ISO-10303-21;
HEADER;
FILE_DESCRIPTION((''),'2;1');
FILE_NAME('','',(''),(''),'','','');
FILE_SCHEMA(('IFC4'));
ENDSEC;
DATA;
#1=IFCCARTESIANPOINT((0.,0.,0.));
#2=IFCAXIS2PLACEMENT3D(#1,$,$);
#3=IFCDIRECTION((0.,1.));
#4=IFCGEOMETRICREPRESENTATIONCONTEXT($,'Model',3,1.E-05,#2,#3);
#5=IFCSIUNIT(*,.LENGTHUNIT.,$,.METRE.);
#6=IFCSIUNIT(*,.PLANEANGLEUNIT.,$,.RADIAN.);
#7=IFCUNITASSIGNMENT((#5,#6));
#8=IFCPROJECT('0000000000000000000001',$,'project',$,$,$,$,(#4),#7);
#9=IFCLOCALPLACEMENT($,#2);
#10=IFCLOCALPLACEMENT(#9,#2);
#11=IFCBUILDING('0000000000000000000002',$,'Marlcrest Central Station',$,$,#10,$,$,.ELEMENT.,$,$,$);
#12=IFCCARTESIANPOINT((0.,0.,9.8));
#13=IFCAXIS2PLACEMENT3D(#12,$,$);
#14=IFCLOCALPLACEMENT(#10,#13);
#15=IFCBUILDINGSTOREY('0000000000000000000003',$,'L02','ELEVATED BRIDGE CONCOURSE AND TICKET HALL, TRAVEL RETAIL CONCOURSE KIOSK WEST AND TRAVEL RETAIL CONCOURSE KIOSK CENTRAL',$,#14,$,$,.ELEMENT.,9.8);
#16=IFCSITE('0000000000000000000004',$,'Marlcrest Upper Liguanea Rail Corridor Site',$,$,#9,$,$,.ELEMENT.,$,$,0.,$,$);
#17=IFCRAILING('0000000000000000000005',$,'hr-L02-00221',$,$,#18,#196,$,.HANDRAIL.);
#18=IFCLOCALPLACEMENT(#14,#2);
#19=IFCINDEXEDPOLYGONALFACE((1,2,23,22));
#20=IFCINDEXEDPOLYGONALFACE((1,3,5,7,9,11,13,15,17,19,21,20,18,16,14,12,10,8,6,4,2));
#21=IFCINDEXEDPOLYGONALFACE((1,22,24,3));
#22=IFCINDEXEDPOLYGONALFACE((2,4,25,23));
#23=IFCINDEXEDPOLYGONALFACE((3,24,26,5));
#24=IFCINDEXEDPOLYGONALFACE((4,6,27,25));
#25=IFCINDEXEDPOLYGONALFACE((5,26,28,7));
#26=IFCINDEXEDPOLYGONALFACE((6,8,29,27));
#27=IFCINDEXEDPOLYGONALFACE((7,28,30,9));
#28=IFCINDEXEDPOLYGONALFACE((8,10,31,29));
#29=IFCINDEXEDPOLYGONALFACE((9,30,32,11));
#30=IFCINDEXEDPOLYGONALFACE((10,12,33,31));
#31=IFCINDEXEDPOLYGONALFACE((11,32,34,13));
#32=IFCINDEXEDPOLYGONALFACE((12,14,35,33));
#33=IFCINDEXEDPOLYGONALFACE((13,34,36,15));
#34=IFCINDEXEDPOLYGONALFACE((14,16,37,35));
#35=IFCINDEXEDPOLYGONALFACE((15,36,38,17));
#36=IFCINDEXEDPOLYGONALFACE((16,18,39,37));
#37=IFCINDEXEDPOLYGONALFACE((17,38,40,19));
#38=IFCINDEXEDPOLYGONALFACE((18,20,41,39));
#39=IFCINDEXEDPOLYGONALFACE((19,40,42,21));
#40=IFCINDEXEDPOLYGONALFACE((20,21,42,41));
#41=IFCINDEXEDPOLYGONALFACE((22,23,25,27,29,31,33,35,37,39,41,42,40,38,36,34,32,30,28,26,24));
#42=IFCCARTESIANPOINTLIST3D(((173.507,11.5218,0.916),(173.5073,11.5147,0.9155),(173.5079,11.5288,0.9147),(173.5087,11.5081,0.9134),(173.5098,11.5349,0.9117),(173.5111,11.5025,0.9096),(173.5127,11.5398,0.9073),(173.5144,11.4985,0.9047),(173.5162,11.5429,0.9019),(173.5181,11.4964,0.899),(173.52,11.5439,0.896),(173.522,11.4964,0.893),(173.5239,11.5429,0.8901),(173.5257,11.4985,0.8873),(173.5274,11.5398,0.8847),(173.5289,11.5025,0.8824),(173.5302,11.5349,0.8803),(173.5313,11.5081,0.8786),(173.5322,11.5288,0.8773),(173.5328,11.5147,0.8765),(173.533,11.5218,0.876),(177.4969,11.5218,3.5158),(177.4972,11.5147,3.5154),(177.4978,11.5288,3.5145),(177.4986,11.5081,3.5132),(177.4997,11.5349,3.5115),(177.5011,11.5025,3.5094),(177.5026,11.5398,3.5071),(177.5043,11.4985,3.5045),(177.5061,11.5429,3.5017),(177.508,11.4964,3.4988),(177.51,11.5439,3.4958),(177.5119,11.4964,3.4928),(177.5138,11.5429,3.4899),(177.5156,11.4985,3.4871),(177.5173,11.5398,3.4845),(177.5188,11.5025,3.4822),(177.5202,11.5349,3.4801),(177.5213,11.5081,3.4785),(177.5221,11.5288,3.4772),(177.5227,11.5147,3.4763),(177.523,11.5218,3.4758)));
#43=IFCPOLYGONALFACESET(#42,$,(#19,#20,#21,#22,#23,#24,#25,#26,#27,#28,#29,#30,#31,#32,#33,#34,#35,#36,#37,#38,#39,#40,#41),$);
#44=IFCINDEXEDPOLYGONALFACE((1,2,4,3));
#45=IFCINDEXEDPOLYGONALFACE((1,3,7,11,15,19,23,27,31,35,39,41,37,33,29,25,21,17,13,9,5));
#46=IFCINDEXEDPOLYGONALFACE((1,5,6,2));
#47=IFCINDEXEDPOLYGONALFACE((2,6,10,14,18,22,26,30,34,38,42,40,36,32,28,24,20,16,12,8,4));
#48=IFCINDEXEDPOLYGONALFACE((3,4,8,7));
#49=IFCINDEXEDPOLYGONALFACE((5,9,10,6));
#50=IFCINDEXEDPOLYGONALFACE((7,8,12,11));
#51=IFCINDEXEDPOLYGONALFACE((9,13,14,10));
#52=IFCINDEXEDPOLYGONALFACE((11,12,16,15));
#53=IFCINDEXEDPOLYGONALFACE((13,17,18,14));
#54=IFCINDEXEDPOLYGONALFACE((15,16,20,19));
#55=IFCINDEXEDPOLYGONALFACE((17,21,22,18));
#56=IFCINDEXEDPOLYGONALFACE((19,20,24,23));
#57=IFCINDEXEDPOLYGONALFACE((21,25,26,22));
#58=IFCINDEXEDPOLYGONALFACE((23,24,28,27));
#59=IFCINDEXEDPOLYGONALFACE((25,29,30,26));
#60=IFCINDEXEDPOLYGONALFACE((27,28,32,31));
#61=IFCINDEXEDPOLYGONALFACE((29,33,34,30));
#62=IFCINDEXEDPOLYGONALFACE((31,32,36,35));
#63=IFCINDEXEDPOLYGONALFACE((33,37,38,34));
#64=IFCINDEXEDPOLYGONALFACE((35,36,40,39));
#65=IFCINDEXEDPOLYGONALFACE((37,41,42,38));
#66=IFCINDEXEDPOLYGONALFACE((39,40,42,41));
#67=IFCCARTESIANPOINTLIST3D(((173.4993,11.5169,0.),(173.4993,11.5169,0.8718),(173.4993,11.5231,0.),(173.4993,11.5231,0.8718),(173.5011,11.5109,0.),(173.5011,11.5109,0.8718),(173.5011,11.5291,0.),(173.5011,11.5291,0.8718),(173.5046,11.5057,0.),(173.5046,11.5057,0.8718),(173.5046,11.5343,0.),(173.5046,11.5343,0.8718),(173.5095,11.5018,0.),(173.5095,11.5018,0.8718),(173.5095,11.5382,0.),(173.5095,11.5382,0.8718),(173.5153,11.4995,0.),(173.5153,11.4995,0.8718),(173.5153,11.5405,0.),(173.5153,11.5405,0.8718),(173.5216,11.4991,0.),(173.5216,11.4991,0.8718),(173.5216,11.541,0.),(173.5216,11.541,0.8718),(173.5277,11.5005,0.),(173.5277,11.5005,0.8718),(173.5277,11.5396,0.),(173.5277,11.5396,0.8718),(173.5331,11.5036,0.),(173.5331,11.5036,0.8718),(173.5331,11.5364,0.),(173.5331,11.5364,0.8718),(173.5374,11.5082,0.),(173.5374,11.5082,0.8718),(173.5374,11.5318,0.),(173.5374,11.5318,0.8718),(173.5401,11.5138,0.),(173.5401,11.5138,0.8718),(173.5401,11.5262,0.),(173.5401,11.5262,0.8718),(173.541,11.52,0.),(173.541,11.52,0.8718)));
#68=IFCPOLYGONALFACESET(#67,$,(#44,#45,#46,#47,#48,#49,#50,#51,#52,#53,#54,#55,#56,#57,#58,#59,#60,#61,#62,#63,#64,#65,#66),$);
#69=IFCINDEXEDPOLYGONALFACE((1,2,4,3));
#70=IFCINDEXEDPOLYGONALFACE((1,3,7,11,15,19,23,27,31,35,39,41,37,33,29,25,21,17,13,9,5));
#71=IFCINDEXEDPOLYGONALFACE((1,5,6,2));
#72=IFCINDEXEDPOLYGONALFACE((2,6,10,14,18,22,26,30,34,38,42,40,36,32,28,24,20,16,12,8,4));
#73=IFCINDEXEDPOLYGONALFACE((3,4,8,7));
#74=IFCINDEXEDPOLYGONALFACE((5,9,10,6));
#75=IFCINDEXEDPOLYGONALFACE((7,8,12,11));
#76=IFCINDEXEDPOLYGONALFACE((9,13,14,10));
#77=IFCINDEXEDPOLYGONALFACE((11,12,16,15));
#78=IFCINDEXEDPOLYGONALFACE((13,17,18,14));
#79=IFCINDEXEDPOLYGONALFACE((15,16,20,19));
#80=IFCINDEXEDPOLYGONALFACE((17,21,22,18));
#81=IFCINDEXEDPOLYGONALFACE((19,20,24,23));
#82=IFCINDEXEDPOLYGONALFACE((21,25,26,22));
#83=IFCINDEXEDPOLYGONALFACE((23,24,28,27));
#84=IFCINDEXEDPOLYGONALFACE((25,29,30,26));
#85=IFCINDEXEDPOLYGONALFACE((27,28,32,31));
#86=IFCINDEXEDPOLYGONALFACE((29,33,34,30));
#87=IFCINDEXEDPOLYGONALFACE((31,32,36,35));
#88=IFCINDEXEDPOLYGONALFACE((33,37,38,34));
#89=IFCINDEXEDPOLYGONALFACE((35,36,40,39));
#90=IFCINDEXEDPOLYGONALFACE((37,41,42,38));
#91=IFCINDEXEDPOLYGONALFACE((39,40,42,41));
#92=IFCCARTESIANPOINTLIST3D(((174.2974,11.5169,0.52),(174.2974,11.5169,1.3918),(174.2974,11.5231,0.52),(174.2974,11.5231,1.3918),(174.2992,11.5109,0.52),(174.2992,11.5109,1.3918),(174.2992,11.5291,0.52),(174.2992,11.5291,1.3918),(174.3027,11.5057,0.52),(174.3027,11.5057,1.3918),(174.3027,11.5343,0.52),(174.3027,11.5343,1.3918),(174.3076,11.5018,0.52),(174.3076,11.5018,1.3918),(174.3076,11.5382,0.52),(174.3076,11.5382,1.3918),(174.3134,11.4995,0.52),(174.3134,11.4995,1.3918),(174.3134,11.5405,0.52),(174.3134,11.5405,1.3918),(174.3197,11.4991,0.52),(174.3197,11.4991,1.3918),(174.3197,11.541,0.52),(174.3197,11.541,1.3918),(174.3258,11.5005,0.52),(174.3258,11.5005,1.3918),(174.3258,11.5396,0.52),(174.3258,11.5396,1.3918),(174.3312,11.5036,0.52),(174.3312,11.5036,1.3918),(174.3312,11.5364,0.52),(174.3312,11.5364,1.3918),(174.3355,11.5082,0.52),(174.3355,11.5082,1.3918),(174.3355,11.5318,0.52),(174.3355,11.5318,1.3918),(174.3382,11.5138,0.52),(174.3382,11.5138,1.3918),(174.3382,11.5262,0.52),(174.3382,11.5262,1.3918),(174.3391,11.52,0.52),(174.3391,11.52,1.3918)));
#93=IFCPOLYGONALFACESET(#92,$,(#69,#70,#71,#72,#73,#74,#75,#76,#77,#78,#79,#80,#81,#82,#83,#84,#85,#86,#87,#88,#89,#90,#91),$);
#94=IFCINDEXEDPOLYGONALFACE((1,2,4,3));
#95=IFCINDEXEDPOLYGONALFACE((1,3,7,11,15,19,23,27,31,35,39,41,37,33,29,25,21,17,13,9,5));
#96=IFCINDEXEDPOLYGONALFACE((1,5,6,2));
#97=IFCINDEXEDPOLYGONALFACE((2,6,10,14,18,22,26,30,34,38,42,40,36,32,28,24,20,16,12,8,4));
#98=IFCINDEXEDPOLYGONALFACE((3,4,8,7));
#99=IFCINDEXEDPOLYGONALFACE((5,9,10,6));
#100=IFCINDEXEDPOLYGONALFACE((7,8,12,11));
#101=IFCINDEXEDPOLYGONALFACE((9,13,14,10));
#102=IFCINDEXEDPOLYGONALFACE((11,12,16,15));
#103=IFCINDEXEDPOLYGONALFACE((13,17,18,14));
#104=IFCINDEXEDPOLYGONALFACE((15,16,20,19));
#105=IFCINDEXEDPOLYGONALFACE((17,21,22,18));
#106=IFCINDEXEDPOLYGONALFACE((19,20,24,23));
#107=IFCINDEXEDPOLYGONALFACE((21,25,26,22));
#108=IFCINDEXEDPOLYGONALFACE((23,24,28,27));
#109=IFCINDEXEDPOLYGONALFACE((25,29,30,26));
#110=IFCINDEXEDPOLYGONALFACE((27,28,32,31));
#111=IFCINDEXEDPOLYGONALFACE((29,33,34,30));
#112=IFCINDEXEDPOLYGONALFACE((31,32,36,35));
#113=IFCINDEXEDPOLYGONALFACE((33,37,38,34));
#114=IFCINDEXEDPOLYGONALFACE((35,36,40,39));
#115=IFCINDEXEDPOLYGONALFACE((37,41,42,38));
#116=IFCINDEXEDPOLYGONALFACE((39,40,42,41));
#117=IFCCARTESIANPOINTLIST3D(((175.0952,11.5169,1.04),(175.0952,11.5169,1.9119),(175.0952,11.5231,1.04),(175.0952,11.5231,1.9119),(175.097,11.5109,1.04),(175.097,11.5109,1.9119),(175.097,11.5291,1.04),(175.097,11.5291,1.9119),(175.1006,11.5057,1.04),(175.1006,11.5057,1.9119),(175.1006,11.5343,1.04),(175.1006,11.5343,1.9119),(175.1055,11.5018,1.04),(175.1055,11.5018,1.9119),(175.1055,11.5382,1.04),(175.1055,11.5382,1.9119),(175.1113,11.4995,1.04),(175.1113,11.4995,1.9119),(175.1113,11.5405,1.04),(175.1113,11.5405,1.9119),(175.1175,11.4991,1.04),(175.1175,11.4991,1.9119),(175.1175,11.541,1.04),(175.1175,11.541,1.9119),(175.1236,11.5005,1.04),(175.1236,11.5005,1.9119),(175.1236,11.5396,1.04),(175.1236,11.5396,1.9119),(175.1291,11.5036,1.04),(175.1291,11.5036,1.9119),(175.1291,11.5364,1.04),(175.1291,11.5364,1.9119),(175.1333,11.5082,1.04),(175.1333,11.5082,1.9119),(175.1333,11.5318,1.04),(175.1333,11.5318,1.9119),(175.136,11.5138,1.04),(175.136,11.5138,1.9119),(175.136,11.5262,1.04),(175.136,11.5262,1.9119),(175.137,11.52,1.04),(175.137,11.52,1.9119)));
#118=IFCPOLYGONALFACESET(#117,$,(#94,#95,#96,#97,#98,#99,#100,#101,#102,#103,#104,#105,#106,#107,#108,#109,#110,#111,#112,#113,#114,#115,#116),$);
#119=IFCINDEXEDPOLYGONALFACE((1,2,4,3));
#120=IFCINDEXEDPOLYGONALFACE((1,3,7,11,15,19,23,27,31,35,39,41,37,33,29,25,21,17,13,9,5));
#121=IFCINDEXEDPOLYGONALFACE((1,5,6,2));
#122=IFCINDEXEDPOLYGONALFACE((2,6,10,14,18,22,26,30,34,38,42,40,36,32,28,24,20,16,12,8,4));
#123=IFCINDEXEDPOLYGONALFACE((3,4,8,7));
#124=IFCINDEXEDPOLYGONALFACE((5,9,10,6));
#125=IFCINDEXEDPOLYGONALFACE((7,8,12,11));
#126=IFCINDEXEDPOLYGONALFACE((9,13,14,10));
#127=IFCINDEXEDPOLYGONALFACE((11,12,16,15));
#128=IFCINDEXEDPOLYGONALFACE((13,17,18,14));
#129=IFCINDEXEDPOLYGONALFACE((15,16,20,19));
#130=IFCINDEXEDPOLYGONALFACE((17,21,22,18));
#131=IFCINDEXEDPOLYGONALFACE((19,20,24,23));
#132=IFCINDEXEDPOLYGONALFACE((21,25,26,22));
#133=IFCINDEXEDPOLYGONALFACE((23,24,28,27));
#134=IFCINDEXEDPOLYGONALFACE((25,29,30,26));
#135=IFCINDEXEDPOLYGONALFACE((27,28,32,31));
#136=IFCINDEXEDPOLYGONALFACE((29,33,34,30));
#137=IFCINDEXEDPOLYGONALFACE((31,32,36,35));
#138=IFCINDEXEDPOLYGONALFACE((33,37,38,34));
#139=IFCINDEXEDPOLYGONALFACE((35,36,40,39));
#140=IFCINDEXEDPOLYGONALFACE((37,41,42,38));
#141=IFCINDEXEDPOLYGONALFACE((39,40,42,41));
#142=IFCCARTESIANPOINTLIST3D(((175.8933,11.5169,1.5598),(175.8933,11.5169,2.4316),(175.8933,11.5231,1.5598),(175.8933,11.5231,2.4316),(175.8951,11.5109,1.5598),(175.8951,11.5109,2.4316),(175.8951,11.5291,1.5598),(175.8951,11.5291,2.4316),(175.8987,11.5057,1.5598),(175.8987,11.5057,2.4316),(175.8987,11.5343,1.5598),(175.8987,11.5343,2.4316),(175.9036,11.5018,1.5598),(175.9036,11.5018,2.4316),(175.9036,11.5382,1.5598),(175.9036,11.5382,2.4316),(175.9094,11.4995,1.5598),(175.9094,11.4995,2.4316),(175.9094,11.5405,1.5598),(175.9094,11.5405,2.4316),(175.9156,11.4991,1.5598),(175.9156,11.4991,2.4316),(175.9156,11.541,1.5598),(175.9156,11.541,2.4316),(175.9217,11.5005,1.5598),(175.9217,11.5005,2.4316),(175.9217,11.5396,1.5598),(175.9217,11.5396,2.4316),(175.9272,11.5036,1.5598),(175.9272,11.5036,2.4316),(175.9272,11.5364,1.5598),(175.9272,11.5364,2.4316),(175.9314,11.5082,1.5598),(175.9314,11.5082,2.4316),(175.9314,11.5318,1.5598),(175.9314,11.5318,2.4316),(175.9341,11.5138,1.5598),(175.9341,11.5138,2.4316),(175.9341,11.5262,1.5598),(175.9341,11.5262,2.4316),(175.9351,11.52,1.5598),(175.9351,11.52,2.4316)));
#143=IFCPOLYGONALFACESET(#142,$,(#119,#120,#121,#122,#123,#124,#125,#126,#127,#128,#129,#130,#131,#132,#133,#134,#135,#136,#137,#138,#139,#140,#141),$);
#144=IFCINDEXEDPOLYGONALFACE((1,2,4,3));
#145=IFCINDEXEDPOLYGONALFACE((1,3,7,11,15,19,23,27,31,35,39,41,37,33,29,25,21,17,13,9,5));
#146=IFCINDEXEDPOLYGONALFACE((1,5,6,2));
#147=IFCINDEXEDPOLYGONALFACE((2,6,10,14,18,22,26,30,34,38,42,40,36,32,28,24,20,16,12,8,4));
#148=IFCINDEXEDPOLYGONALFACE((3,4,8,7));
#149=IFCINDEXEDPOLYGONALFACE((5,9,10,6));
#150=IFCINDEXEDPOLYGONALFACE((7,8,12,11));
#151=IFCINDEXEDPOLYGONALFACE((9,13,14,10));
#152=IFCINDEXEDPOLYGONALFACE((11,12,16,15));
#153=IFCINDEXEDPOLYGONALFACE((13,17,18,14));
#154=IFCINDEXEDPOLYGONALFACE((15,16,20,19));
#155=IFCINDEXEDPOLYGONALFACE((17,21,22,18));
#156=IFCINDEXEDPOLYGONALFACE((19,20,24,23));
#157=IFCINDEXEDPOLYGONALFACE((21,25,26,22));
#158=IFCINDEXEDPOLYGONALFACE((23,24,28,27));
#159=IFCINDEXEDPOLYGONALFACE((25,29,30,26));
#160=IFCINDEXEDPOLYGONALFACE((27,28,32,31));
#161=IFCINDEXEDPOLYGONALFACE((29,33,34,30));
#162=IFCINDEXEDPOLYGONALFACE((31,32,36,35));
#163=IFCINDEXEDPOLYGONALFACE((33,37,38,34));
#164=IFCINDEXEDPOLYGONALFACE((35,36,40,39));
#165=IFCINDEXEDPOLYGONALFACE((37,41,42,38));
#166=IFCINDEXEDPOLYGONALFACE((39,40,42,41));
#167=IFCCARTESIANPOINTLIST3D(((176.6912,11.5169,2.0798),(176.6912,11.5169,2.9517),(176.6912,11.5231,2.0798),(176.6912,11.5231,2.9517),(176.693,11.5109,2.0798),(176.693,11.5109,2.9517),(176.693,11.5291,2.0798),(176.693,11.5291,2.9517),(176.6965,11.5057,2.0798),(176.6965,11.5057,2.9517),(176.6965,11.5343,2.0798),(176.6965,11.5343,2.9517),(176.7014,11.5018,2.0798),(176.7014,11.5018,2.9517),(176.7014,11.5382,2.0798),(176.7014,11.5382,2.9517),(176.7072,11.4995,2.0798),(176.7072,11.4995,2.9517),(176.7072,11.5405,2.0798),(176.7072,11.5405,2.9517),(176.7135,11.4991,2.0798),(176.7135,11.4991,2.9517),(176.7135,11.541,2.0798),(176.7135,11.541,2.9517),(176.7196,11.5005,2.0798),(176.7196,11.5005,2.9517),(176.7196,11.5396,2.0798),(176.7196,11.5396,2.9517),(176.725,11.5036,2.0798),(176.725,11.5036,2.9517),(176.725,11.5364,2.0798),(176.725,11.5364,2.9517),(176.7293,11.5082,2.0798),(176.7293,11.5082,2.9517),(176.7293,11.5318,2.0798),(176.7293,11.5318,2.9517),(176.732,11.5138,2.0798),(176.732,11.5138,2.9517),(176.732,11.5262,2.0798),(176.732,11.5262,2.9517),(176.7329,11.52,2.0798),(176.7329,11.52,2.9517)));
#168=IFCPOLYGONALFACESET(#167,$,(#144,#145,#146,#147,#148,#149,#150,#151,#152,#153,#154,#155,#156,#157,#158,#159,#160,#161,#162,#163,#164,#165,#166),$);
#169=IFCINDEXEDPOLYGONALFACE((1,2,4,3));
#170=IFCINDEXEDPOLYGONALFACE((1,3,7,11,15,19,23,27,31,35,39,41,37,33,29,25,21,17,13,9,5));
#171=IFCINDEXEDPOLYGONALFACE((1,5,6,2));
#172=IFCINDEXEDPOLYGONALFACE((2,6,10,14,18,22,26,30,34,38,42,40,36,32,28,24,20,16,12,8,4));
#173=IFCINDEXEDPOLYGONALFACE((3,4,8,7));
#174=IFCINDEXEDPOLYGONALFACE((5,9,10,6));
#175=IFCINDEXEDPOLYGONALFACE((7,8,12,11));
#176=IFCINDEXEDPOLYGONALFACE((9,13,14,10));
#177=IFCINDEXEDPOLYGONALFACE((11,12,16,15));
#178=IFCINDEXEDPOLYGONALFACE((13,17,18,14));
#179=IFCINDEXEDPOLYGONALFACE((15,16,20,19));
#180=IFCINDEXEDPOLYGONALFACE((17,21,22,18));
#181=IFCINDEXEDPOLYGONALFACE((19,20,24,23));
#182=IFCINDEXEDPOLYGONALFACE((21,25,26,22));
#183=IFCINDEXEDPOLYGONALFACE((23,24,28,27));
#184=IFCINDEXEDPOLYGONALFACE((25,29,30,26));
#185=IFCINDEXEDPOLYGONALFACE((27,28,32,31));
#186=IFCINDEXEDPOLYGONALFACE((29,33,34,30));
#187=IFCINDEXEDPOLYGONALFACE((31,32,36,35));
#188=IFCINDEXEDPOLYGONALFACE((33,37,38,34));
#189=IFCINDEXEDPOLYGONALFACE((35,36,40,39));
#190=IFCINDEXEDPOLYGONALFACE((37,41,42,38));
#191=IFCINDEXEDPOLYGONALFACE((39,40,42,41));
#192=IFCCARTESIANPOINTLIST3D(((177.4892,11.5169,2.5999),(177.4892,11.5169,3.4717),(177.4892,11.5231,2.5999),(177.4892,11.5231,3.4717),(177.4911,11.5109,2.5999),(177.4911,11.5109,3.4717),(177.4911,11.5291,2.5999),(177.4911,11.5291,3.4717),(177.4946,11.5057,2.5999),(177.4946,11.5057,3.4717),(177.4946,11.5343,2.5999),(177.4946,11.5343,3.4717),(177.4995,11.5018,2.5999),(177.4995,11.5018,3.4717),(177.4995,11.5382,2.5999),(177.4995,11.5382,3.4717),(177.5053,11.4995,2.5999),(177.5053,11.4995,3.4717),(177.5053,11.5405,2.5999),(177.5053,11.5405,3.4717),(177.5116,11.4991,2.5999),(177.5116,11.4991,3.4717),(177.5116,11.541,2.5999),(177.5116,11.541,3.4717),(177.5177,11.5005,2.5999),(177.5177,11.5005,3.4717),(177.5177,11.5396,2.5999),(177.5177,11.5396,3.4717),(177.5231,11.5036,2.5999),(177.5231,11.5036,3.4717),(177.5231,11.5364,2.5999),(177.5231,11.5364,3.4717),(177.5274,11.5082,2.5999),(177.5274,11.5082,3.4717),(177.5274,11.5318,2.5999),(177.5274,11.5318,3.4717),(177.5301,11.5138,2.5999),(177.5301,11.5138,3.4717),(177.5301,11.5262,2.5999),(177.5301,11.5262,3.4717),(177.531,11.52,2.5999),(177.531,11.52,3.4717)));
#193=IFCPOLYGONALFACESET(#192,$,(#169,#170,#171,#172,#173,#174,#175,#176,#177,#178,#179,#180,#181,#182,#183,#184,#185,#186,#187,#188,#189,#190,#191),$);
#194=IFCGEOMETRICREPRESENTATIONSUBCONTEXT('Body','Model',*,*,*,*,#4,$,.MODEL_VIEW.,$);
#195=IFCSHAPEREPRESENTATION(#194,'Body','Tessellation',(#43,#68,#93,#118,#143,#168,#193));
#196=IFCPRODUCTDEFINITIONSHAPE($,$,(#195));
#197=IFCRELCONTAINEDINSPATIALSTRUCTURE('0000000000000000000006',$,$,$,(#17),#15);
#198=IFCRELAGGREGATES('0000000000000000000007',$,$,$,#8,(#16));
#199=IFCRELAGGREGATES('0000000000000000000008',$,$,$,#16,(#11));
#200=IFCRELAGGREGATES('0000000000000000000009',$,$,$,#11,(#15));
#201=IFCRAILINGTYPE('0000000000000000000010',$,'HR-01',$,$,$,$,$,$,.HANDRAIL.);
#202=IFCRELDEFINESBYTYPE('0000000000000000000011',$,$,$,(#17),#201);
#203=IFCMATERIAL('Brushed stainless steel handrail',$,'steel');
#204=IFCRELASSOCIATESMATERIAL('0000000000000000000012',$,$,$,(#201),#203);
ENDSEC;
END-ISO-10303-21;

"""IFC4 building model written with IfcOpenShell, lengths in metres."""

from ifc_helpers import new_model, si_unit, direction, frame, origin, origin_2d, place, context, subcontext, project, spatial, circle, extrude, material, type_object, element, save


model = new_model("IFC4")

# Units and contexts
model_context = context("Model", 3, precision=1e-05, world=origin(), true_north=direction((0.0, 1.0)))
body_context = subcontext(model_context, "Body", "Model", "MODEL_VIEW")
ifc_project = project(units=[si_unit("LENGTHUNIT", "METRE"), si_unit("PLANEANGLEUNIT", "RADIAN")], contexts=[model_context])

# Site, building, storey
site_placement = place(None, origin())
site = spatial("IfcSite", under=ifc_project, at=site_placement, Name="Marlcrest Upper Liguanea Rail Corridor Site", CompositionType="ELEMENT", RefElevation=0.0)
building_placement = place(site_placement, origin())
building = spatial("IfcBuilding", under=site, at=building_placement, Name="Marlcrest Central Station", CompositionType="ELEMENT")
storey_placement = place(building_placement, frame((0.0, 0.0, 9.8)))
storey = spatial("IfcBuildingStorey", under=building, at=storey_placement, Name="L02", Description="ELEVATED BRIDGE CONCOURSE AND TICKET HALL, TRAVEL RETAIL CONCOURSE KIOSK WEST AND TRAVEL RETAIL CONCOURSE KIOSK CENTRAL", CompositionType="ELEMENT", Elevation=9.8)

# Railing
ifc_material_1 = material(Name="Brushed stainless steel handrail", Category="steel")
railing_type_1 = type_object("IfcRailingType", Name="HR-01", PredefinedType="HANDRAIL", material=ifc_material_1)
railing_1_placement = place(storey_placement, frame((173.52, 11.52, 0.0)))
element("IfcRailing", 1, at=railing_1_placement, inside=storey, type_object=railing_type_1, Name="hr-L02-00221", PredefinedType="HANDRAIL", context=body_context, shape_type="SweptSolid", body=[
    extrude(circle(Radius=0.0239, at=origin_2d()), frame((0.0, 0.0, 0.896), z_axis=(0.837833, 0.0, 0.545927), x_axis=(0.0, 1.0, 0.0)), (0.0, 0.0, 1.0), 4.7622),
    extrude(circle(Radius=0.021, at=origin_2d()), origin(), (0.0, 0.0, 1.0), 0.8718),
    extrude(circle(Radius=0.021, at=origin_2d()), frame((0.7981, 0.0, 0.52)), (0.0, 0.0, 1.0), 0.8718),
    extrude(circle(Radius=0.021, at=origin_2d()), frame((1.5959, 0.0, 1.04)), (0.0, 0.0, 1.0), 0.8718),
    extrude(circle(Radius=0.021, at=origin_2d()), frame((2.394, 0.0, 1.5598)), (0.0, 0.0, 1.0), 0.8718),
    extrude(circle(Radius=0.021, at=origin_2d()), frame((3.1919, 0.0, 2.0798)), (0.0, 0.0, 1.0), 0.8718),
    extrude(circle(Radius=0.021, at=origin_2d()), frame((3.99, 0.0, 2.5999)), (0.0, 0.0, 1.0), 0.8718),
])

save(model, "model.ifc")
